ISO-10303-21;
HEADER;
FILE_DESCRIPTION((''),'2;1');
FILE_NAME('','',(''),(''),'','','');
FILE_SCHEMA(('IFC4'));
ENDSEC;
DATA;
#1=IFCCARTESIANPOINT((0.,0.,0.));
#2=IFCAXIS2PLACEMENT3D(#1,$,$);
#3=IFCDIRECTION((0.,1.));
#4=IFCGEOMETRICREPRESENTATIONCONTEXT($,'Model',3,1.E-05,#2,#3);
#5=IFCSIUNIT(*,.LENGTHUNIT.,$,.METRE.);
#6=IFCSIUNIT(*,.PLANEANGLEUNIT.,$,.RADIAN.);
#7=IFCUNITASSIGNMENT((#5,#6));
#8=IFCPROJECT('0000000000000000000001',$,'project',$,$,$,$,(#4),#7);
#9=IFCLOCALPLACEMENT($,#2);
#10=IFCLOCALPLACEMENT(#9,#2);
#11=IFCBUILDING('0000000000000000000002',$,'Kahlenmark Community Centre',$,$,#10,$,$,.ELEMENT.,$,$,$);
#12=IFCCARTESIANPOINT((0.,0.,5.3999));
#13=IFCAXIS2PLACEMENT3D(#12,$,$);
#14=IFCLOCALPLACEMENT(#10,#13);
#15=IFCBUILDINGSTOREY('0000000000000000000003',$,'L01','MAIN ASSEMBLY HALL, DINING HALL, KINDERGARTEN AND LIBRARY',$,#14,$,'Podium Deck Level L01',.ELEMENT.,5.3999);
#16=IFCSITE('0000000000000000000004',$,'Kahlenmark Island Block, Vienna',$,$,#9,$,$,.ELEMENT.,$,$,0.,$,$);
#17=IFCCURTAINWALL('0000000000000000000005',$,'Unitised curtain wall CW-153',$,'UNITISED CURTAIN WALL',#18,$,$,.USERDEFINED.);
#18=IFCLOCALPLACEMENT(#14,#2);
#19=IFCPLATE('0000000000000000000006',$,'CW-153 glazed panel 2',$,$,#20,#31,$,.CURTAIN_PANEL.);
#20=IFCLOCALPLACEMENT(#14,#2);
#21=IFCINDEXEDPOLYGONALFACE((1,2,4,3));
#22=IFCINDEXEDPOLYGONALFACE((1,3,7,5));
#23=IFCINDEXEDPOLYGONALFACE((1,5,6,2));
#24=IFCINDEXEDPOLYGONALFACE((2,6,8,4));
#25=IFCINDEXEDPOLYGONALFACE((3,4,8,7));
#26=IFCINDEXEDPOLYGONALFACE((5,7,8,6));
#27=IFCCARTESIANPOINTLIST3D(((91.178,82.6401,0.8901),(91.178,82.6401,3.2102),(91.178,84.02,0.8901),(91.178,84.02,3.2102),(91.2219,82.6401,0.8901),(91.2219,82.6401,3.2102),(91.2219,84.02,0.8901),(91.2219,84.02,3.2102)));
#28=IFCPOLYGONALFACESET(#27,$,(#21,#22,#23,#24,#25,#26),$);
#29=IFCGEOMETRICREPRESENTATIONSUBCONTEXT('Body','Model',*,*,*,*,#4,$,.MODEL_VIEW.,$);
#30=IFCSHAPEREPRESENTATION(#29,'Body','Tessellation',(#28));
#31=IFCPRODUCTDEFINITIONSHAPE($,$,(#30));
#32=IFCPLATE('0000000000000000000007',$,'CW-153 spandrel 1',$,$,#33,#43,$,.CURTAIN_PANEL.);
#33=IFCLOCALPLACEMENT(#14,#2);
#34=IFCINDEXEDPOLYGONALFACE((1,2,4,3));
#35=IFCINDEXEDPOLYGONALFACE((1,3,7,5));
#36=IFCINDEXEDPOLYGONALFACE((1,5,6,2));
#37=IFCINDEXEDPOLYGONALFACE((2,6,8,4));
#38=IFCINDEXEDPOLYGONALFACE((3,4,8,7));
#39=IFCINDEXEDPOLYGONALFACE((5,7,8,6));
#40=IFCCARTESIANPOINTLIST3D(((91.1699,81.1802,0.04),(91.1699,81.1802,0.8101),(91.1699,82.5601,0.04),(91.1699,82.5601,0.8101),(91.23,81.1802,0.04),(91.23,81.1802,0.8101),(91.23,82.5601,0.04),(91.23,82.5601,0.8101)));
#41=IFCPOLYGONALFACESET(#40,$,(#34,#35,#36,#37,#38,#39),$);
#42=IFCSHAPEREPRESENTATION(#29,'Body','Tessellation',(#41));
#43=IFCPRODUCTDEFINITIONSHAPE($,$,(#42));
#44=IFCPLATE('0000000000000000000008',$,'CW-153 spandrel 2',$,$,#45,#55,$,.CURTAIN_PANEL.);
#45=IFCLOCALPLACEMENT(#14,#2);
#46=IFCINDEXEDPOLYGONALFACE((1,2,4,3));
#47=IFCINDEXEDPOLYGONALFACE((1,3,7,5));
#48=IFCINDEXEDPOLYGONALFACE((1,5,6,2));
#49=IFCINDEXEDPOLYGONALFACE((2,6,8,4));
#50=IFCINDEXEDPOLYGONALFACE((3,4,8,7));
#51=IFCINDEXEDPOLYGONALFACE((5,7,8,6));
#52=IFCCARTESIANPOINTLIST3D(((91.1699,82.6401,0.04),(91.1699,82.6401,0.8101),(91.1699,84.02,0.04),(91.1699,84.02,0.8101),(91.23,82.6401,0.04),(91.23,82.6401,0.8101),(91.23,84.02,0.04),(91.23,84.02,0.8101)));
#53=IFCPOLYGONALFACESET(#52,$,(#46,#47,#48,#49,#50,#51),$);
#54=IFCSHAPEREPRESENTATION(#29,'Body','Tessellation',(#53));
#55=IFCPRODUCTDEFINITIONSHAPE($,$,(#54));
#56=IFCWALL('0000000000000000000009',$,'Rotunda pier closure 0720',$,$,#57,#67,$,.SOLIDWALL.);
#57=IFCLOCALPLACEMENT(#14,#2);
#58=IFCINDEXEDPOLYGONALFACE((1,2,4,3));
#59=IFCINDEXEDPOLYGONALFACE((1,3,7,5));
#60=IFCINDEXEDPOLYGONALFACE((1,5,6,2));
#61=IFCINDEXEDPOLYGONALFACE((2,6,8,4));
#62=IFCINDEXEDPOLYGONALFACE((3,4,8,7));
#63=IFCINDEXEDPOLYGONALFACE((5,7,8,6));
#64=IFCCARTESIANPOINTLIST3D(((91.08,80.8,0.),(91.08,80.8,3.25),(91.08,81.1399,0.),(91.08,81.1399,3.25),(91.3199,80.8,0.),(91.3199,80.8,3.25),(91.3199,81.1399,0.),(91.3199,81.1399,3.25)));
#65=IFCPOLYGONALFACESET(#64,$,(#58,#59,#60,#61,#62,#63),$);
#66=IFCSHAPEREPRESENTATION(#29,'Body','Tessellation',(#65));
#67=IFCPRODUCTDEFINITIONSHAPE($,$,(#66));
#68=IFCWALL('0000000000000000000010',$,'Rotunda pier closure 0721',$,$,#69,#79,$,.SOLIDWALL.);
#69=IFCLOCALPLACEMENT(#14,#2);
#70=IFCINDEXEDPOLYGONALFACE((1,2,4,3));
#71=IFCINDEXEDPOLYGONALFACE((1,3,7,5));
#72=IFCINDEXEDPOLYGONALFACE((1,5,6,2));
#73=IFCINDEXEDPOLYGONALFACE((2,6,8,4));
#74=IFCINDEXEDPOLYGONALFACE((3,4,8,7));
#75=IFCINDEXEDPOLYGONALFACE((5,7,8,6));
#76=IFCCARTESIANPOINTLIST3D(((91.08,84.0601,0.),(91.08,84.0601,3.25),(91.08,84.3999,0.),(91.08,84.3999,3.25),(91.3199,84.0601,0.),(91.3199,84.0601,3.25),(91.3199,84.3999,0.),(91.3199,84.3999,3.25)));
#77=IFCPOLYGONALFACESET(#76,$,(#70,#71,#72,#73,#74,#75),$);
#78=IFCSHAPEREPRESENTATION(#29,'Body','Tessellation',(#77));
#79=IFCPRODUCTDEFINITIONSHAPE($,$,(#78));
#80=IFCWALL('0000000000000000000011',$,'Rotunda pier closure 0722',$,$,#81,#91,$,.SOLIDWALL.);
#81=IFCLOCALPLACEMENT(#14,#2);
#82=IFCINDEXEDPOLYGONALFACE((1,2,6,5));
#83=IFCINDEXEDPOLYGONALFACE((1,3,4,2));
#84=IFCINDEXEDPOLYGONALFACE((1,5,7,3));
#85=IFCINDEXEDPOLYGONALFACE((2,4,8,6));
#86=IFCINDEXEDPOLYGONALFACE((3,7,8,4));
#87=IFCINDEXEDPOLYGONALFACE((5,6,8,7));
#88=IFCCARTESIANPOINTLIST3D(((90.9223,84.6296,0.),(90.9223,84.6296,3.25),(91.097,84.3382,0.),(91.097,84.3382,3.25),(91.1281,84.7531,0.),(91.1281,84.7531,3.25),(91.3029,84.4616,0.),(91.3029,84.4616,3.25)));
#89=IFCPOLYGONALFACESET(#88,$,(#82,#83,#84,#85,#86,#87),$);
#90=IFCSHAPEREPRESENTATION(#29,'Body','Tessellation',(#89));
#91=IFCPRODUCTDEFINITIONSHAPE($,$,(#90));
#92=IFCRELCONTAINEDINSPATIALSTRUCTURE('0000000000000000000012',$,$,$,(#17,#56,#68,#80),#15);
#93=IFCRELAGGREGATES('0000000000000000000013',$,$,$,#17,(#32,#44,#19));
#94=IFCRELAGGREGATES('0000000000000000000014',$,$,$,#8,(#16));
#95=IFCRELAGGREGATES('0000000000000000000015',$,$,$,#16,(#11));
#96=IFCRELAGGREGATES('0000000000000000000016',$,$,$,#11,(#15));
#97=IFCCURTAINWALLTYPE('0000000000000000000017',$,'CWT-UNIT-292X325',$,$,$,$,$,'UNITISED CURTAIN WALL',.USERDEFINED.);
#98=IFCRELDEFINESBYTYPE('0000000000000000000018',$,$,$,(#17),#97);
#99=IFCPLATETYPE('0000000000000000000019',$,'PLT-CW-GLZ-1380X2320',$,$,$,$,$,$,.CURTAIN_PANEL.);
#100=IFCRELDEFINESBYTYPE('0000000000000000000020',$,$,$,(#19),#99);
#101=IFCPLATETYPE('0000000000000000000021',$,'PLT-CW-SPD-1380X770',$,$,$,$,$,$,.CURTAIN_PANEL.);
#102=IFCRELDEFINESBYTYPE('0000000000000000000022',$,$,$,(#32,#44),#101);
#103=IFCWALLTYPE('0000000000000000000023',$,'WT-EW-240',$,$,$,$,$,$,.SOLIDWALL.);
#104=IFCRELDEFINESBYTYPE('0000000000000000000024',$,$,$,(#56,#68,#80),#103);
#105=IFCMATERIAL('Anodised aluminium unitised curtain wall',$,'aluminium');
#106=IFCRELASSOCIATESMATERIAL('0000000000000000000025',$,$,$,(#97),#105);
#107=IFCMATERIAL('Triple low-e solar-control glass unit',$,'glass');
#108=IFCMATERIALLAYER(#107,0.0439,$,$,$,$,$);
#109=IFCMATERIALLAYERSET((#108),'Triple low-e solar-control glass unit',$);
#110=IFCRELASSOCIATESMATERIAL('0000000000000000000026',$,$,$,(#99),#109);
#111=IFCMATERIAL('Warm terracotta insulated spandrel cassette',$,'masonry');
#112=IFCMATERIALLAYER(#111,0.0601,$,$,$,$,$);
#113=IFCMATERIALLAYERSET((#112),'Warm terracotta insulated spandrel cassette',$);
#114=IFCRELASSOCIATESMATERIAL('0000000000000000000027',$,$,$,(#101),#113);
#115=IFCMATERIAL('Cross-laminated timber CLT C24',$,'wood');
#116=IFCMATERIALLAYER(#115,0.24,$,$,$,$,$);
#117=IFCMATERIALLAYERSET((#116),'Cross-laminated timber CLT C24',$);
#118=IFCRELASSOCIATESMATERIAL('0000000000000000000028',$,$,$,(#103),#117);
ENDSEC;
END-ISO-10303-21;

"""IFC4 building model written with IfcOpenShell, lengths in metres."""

from ifc_helpers import new_model, si_unit, direction, frame, frame_2d, origin, origin_2d, place, context, subcontext, project, spatial, rectangle, extrude, material, layer, layer_set, type_object, element, aggregate, save


model = new_model("IFC4")

# Units and contexts
model_context = context("Model", 3, precision=1e-05, world=origin(), true_north=direction((0.0, 1.0)))
body_context = subcontext(model_context, "Body", "Model", "MODEL_VIEW")
ifc_project = project(units=[si_unit("LENGTHUNIT", "METRE"), si_unit("PLANEANGLEUNIT", "RADIAN")], contexts=[model_context])

# Site, building, storey
site_placement = place(None, origin())
site = spatial("IfcSite", under=ifc_project, at=site_placement, Name="Kahlenmark Island Block, Vienna", CompositionType="ELEMENT", RefElevation=0.0)
building_placement = place(site_placement, origin())
building = spatial("IfcBuilding", under=site, at=building_placement, Name="Kahlenmark Community Centre", CompositionType="ELEMENT")
storey_placement = place(building_placement, frame((0.0, 0.0, 5.3999)))
storey = spatial("IfcBuildingStorey", under=building, at=storey_placement, Name="L01", Description="MAIN ASSEMBLY HALL, DINING HALL, KINDERGARTEN AND LIBRARY", LongName="Podium Deck Level L01", CompositionType="ELEMENT", Elevation=5.3999)

# Curtain wall
ifc_material_1 = material(Name="Anodised aluminium unitised curtain wall", Category="aluminium")
curtain_wall_type_1 = type_object("IfcCurtainWallType", Name="CWT-UNIT-292X325", ElementType="UNITISED CURTAIN WALL", PredefinedType="USERDEFINED", material=ifc_material_1)
curtain_wall_1_placement = place(storey_placement, origin())
curtain_wall_1 = element("IfcCurtainWall", 1, at=curtain_wall_1_placement, inside=storey, type_object=curtain_wall_type_1, Name="Unitised curtain wall CW-153", ObjectType="UNITISED CURTAIN WALL", PredefinedType="USERDEFINED")

# Plates
ifc_material_2 = material(Name="Triple low-e solar-control glass unit", Category="glass")
ifc_layer_1 = layer(ifc_material_2, 0.0439)
ifc_layer_set_1 = layer_set([ifc_layer_1], Name="Triple low-e solar-control glass unit")
plate_type_1 = type_object("IfcPlateType", Name="PLT-CW-GLZ-1380X2320", PredefinedType="CURTAIN_PANEL", material=ifc_layer_set_1)
plate_1_placement = place(storey_placement, frame((91.2, 83.3301, 0.8901), z_axis=(0.0, 0.0, 1.0), x_axis=(0.0, 1.0, 0.0)))
plate_1 = element("IfcPlate", 2, at=plate_1_placement, type_object=plate_type_1, Name="CW-153 glazed panel 2", PredefinedType="CURTAIN_PANEL", context=body_context, shape_type="SweptSolid", body=[
    extrude(rectangle(XDim=1.3799, YDim=0.0439, at=origin_2d()), origin(), (0.0, 0.0, 1.0), 2.3201),
])
ifc_material_3 = material(Name="Warm terracotta insulated spandrel cassette", Category="masonry")
ifc_layer_2 = layer(ifc_material_3, 0.0601)
ifc_layer_set_2 = layer_set([ifc_layer_2], Name="Warm terracotta insulated spandrel cassette")
plate_type_2 = type_object("IfcPlateType", Name="PLT-CW-SPD-1380X770", PredefinedType="CURTAIN_PANEL", material=ifc_layer_set_2)
plate_2_placement = place(storey_placement, frame((91.2, 81.8701, 0.04), z_axis=(0.0, 0.0, 1.0), x_axis=(0.0, 1.0, 0.0)))
plate_2 = element("IfcPlate", 3, at=plate_2_placement, type_object=plate_type_2, Name="CW-153 spandrel 1", PredefinedType="CURTAIN_PANEL", context=body_context, shape_type="SweptSolid", body=[
    extrude(rectangle(XDim=1.3799, YDim=0.0601, at=origin_2d()), origin(), (0.0, 0.0, 1.0), 0.77),
])
plate_3_placement = place(storey_placement, frame((91.2, 83.3301, 0.04), z_axis=(0.0, 0.0, 1.0), x_axis=(0.0, 1.0, 0.0)))
plate_3 = element("IfcPlate", 4, at=plate_3_placement, type_object=plate_type_2, Name="CW-153 spandrel 2", PredefinedType="CURTAIN_PANEL", context=body_context, shape_type="SweptSolid", body=[
    extrude(rectangle(XDim=1.3799, YDim=0.0601, at=origin_2d()), origin(), (0.0, 0.0, 1.0), 0.77),
])
aggregate(curtain_wall_1, [plate_2, plate_3, plate_1])

# Walls
ifc_material_4 = material(Name="Cross-laminated timber CLT C24", Category="wood")
ifc_layer_3 = layer(ifc_material_4, 0.24)
ifc_layer_set_3 = layer_set([ifc_layer_3], Name="Cross-laminated timber CLT C24")
wall_type = type_object("IfcWallType", Name="WT-EW-240", PredefinedType="SOLIDWALL", material=ifc_layer_set_3)
for number, where, z_axis, x_axis, name in (
    (5, (91.2, 80.8, 0.0), (0.0, 0.0, 1.0), (0.0, 1.0, 0.0), "Rotunda pier closure 0720"),
    (6, (91.2, 84.0601, 0.0), (0.0, 0.0, 1.0), (0.0, 1.0, 0.0), "Rotunda pier closure 0721"),
    (7, (91.2, 84.3999, 0.0), (0.0, 0.0, 1.0), (-0.514284, 0.85762, 0.0), "Rotunda pier closure 0722"),
):
    element("IfcWall", number, at=place(storey_placement, frame(where, z_axis=z_axis, x_axis=x_axis)), inside=storey, type_object=wall_type, Name=name, PredefinedType="SOLIDWALL", context=body_context, shape_type="SweptSolid", body=[
        extrude(rectangle(XDim=0.3398, YDim=0.24, at=frame_2d((0.1699, 0.0))), origin(), (0.0, 0.0, 1.0), 3.25),
    ])

save(model, "model.ifc")
